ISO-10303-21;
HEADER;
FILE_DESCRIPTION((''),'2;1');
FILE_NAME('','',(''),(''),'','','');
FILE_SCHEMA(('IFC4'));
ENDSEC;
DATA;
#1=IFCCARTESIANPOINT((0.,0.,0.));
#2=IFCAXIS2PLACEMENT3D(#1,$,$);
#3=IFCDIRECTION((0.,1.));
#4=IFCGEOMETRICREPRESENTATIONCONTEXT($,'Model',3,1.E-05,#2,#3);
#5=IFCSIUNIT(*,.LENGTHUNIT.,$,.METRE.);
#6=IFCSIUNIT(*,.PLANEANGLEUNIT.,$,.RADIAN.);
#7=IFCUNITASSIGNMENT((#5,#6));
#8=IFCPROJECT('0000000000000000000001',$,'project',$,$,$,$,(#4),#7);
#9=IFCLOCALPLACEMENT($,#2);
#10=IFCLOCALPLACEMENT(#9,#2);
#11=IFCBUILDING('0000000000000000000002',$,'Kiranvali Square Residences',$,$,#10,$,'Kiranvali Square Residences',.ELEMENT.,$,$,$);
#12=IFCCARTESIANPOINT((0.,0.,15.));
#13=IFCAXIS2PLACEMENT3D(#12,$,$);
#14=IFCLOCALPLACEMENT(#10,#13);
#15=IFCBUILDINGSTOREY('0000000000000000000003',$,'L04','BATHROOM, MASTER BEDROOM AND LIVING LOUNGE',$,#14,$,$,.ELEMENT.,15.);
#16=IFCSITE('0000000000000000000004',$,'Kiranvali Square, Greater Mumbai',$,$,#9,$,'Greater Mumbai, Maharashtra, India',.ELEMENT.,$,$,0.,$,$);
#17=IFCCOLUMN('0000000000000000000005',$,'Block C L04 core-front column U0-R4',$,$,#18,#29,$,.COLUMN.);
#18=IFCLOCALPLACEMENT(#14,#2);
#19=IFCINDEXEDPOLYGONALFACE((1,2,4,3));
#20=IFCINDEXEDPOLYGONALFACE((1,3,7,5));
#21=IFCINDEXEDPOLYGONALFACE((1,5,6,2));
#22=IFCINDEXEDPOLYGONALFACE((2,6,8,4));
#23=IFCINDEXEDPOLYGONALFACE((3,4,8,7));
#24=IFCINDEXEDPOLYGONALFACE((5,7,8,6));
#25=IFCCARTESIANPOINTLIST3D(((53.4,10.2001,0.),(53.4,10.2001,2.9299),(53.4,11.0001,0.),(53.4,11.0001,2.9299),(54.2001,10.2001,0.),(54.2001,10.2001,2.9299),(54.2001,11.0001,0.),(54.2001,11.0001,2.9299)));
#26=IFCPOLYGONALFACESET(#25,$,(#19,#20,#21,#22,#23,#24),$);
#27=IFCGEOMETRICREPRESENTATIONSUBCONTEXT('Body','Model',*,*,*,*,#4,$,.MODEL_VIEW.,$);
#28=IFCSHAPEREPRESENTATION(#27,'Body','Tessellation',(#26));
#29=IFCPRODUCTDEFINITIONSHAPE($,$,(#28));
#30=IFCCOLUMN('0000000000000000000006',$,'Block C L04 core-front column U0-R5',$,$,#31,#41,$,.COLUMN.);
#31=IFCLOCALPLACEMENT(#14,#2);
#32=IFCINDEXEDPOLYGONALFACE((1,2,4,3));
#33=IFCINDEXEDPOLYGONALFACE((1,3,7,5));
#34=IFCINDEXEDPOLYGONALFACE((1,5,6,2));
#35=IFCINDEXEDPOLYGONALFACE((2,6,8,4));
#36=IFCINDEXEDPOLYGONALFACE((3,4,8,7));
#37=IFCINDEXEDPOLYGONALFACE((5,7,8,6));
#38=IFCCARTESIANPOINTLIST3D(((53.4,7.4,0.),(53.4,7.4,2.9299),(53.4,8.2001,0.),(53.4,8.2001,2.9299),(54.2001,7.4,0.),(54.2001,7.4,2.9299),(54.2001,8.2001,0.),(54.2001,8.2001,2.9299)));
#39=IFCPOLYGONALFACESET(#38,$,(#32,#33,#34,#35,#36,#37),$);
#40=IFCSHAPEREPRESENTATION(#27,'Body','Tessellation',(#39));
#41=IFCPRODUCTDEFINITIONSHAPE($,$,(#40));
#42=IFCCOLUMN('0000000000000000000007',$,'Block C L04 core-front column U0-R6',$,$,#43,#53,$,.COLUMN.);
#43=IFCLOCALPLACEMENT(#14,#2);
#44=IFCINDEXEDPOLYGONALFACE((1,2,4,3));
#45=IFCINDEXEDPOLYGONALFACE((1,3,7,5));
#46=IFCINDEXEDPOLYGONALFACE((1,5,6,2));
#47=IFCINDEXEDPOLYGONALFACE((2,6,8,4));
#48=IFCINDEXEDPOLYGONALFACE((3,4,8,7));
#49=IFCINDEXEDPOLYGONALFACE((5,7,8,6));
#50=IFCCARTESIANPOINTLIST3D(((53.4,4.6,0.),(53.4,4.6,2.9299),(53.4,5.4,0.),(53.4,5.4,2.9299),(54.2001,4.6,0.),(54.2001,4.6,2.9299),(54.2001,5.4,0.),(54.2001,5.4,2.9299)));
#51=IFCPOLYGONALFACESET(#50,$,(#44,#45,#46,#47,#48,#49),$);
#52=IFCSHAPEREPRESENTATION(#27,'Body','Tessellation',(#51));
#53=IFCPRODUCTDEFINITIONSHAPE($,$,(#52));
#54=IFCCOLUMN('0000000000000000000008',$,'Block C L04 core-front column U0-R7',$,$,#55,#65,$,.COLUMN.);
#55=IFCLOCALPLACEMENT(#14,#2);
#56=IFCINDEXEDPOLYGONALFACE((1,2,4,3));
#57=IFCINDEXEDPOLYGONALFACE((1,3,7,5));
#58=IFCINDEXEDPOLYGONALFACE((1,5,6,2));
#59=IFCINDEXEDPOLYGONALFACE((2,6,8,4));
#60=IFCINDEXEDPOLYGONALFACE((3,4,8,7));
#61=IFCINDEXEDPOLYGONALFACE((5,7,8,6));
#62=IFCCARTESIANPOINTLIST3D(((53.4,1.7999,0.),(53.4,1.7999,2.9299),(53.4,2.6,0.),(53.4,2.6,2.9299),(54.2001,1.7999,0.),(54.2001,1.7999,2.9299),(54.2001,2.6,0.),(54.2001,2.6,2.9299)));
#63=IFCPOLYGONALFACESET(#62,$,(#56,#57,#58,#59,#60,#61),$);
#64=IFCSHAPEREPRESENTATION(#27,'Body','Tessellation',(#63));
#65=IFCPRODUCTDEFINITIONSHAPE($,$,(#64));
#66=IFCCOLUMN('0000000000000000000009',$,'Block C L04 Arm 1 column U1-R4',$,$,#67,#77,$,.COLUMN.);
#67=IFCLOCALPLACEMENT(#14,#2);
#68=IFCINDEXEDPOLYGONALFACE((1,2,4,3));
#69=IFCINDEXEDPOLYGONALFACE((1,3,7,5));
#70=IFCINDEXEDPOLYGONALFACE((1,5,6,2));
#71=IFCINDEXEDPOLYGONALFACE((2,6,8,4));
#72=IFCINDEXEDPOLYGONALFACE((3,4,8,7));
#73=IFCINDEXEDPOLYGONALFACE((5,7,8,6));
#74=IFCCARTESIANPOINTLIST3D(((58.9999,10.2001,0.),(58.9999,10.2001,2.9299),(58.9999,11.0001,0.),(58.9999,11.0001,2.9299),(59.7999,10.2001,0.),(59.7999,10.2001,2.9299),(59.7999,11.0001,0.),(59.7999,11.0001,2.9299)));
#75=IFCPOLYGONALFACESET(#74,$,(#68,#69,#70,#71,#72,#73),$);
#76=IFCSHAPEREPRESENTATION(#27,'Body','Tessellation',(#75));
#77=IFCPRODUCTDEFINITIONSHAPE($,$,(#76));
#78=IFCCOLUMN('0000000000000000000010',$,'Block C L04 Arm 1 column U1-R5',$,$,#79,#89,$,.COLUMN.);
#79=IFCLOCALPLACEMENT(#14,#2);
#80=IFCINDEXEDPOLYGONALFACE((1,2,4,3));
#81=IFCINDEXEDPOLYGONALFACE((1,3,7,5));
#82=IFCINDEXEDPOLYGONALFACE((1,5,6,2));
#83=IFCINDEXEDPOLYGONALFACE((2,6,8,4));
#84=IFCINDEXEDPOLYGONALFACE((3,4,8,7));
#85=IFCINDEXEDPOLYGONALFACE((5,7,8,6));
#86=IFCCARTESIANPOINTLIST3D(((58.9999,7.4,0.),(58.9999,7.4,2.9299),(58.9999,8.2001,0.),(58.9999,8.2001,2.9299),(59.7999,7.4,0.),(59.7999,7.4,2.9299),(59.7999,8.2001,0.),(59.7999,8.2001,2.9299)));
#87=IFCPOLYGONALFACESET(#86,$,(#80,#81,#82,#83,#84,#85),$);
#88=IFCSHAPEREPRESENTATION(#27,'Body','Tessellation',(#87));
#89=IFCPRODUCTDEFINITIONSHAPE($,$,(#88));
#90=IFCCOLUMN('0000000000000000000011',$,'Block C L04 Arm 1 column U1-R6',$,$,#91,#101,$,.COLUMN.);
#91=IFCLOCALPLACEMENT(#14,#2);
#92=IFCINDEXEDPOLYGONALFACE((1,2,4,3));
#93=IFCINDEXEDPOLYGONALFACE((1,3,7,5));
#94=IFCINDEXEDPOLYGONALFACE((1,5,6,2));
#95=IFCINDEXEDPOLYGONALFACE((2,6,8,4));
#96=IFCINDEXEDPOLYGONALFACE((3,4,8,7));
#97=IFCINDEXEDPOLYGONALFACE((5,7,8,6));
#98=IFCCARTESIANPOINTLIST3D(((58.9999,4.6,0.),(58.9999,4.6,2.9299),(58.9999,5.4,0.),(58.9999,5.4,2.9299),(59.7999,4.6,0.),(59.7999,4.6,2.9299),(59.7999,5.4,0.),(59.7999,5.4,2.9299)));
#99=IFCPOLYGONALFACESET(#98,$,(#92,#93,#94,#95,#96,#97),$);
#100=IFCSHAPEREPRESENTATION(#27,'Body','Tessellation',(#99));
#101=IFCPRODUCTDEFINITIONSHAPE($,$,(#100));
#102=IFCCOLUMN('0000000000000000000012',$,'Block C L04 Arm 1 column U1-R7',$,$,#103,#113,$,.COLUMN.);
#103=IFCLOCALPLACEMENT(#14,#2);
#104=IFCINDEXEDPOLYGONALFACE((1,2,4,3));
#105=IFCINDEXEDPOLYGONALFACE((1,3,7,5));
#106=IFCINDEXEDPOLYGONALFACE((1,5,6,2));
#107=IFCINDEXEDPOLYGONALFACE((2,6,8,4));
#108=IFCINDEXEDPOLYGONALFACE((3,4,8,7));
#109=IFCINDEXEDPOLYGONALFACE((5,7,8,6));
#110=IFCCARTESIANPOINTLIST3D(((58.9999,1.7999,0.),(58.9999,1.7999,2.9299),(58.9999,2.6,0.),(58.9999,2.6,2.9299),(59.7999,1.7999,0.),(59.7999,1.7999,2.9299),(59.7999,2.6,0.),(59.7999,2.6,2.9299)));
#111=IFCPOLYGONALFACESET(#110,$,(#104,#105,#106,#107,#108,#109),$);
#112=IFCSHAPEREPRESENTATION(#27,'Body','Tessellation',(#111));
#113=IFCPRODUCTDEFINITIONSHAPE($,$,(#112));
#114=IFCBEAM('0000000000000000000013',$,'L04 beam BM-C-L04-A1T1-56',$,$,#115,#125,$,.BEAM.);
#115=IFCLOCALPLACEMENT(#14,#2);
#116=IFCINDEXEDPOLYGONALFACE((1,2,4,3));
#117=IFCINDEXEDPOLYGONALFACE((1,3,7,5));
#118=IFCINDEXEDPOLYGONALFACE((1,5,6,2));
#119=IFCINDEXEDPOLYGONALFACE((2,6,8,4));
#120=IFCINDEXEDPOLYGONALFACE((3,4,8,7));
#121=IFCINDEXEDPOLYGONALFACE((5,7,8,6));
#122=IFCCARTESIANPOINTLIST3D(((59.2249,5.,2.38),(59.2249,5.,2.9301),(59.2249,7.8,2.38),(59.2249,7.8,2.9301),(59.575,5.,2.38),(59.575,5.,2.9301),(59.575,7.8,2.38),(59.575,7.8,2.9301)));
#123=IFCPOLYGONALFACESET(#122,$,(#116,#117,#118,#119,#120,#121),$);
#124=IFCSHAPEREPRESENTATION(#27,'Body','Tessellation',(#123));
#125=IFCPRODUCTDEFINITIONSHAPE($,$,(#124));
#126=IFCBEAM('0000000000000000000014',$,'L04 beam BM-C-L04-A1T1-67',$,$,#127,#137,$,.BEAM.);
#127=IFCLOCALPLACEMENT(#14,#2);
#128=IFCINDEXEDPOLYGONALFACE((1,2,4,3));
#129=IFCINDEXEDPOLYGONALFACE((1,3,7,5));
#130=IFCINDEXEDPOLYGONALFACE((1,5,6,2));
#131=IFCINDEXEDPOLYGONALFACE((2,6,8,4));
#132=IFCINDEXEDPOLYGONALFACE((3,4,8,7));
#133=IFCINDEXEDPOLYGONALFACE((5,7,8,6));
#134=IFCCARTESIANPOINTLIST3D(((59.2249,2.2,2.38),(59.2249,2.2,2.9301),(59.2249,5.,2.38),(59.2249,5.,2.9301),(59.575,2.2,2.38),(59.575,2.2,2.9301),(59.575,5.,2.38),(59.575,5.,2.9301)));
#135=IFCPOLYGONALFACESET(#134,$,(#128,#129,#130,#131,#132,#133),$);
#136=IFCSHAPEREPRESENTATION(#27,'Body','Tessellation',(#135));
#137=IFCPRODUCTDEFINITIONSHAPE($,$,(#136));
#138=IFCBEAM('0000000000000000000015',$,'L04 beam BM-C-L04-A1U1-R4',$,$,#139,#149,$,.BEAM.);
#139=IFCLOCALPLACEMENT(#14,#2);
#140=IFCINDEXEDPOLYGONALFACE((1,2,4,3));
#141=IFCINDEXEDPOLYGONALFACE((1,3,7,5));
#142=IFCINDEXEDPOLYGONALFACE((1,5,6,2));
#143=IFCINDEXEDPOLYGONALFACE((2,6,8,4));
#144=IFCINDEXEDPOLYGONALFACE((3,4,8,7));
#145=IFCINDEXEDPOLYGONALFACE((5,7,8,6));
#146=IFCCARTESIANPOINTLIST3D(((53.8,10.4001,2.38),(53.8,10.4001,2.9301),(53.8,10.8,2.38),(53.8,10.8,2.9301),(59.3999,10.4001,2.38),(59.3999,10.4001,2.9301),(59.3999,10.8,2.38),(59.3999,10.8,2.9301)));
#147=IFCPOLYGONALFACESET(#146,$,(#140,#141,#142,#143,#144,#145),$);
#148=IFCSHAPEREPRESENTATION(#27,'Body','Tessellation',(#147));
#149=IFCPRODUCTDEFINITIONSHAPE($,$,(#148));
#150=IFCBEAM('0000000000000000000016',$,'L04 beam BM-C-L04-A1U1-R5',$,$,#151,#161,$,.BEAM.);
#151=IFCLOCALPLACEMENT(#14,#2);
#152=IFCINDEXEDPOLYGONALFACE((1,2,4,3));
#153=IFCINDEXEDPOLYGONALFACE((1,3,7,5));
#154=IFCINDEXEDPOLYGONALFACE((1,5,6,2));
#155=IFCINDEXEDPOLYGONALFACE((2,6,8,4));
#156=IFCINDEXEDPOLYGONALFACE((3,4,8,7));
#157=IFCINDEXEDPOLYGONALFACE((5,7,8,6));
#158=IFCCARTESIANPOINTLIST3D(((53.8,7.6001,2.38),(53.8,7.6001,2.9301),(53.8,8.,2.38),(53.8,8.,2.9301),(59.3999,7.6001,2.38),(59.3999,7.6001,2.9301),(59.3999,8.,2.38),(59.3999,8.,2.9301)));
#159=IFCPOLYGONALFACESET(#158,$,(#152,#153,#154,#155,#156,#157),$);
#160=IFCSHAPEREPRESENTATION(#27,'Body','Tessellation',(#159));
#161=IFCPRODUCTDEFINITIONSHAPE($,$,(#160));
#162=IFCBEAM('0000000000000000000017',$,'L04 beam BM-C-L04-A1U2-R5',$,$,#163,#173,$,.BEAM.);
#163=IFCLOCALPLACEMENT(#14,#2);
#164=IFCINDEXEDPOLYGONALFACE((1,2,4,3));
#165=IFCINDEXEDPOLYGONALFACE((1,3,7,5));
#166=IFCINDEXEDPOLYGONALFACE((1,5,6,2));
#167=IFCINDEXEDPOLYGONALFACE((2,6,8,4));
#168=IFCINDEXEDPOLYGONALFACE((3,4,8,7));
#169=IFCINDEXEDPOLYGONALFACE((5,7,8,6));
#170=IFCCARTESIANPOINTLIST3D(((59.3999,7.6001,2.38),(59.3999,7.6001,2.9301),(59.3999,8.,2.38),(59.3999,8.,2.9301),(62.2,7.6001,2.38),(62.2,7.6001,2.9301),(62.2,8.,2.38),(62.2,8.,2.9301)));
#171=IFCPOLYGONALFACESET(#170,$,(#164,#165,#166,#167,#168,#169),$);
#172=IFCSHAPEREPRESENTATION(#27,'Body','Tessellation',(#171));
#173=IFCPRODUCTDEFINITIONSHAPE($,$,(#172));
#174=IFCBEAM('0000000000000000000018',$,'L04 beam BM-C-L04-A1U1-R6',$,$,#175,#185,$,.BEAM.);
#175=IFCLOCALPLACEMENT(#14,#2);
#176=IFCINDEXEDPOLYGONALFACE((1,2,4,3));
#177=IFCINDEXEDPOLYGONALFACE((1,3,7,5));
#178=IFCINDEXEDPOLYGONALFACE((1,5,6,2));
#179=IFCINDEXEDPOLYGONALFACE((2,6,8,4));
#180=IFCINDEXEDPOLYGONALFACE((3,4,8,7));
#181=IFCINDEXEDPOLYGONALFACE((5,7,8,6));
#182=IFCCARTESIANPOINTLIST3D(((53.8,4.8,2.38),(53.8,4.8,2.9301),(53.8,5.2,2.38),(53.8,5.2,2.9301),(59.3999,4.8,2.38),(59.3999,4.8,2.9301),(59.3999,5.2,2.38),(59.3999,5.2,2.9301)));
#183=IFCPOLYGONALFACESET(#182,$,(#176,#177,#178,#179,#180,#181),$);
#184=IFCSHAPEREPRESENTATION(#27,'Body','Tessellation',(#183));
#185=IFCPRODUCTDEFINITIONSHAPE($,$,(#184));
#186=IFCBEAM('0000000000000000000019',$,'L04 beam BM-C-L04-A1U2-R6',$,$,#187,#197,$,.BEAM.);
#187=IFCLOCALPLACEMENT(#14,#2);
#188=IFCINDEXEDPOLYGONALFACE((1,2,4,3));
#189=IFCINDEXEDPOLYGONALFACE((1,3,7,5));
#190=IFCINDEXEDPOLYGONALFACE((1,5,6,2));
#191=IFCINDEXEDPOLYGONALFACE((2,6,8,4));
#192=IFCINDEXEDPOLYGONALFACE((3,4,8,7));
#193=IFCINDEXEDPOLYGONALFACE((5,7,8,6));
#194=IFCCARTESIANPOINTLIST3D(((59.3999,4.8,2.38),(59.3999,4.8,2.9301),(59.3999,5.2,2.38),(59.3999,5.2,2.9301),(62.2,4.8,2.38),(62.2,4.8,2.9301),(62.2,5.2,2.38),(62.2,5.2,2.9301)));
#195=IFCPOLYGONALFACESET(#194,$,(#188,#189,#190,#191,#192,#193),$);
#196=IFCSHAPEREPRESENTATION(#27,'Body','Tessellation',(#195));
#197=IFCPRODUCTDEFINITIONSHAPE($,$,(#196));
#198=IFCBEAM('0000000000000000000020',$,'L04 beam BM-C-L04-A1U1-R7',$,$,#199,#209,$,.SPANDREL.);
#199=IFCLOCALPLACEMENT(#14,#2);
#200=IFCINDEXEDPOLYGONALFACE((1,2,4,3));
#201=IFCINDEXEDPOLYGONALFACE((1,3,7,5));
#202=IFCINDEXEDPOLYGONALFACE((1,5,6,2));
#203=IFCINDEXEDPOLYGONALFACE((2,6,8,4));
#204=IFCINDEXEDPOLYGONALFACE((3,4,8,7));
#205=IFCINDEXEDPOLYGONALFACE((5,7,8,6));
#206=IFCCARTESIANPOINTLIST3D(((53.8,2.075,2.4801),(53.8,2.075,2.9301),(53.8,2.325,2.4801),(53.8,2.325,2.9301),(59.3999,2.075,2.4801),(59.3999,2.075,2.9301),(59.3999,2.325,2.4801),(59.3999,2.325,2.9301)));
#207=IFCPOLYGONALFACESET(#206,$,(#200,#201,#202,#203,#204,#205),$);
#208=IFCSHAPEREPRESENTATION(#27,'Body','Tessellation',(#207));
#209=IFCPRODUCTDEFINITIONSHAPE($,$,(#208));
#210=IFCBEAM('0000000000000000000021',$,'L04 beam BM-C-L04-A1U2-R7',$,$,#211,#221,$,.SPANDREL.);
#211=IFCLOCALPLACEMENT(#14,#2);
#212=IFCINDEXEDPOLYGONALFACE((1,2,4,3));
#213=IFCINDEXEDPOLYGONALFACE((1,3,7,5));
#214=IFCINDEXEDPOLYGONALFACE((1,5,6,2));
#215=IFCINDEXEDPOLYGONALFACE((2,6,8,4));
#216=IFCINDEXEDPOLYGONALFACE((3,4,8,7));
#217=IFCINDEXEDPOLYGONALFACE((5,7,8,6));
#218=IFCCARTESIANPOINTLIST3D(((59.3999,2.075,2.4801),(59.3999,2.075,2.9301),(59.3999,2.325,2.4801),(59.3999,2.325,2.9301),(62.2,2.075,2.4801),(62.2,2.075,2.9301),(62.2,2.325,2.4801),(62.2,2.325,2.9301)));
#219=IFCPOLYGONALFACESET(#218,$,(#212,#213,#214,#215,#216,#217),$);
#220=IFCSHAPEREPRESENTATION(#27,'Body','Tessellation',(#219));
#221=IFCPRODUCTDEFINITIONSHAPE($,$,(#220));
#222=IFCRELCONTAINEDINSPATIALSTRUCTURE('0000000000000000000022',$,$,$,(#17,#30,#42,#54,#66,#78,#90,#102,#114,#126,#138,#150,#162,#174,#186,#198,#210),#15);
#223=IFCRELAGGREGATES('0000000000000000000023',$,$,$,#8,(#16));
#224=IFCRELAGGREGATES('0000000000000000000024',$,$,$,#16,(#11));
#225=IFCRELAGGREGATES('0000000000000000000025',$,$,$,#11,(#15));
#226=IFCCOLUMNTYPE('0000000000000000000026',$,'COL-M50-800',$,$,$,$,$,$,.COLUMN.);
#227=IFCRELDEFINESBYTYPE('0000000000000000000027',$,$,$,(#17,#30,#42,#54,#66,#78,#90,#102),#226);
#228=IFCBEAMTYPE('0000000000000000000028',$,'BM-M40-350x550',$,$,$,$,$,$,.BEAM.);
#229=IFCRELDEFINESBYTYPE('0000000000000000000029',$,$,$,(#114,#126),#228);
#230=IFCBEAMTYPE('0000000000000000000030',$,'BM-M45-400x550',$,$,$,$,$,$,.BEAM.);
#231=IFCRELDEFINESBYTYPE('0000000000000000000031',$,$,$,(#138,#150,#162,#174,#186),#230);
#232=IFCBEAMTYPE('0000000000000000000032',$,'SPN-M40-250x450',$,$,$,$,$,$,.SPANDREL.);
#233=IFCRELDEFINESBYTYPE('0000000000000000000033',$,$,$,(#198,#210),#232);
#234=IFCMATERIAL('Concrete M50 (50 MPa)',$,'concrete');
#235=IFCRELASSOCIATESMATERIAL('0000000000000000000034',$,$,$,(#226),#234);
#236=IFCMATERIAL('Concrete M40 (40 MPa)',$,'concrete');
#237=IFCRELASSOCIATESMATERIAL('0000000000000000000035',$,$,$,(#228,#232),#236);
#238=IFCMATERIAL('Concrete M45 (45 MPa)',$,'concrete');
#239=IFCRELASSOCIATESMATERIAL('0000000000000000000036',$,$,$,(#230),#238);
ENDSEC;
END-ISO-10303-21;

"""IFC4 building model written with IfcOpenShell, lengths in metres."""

from ifc_helpers import new_model, si_unit, direction, frame, origin, origin_2d, place, context, subcontext, project, spatial, rectangle, extrude, material, material_profile, profile_set, type_object, element, save


model = new_model("IFC4")

# Units and contexts
model_context = context("Model", 3, precision=1e-05, world=origin(), true_north=direction((0.0, 1.0)))
body_context = subcontext(model_context, "Body", "Model", "MODEL_VIEW")
ifc_project = project(units=[si_unit("LENGTHUNIT", "METRE"), si_unit("PLANEANGLEUNIT", "RADIAN")], contexts=[model_context])

# Site, building, storey
site_placement = place(None, origin())
site = spatial("IfcSite", under=ifc_project, at=site_placement, Name="Kiranvali Square, Greater Mumbai", LongName="Greater Mumbai, Maharashtra, India", CompositionType="ELEMENT", RefElevation=0.0)
building_placement = place(site_placement, origin())
building = spatial("IfcBuilding", under=site, at=building_placement, Name="Kiranvali Square Residences", LongName="Kiranvali Square Residences", CompositionType="ELEMENT")
storey_placement = place(building_placement, frame((0.0, 0.0, 15.0)))
storey = spatial("IfcBuildingStorey", under=building, at=storey_placement, Name="L04", Description="BATHROOM, MASTER BEDROOM AND LIVING LOUNGE", CompositionType="ELEMENT", Elevation=15.0)

# Columns
ifc_material_1 = material(Name="Concrete M50 (50 MPa)", Category="concrete")
ifc_material_profile_1 = material_profile(ifc_material_1, rectangle(XDim=0.8, YDim=0.8, at=origin_2d()), Name="RC 800x800")
ifc_profile_set_1 = profile_set([ifc_material_profile_1], Name="Concrete M50 (50 MPa)")
column_type = type_object("IfcColumnType", Name="COL-M50-800", PredefinedType="COLUMN", material=ifc_profile_set_1)
for number, where, z_axis, x_axis, name in (
    (1, (53.8, 10.6001, 0.0), (0.0, 0.0, 1.0), (1.0, 0.0, 0.0), "Block C L04 core-front column U0-R4"),
    (2, (53.8, 7.8, 0.0), (0.0, 0.0, 1.0), (1.0, 0.0, 0.0), "Block C L04 core-front column U0-R5"),
    (3, (53.8, 5.0, 0.0), (0.0, 0.0, 1.0), (1.0, 0.0, 0.0), "Block C L04 core-front column U0-R6"),
    (4, (53.8, 2.2, 0.0), (0.0, 0.0, 1.0), (1.0, 0.0, 0.0), "Block C L04 core-front column U0-R7"),
    (5, (59.3999, 10.6001, 0.0), (0.0, 0.0, 1.0), (1.0, 0.0, 0.0), "Block C L04 Arm 1 column U1-R4"),
    (6, (59.3999, 7.8, 0.0), (0.0, 0.0, 1.0), (1.0, 0.0, 0.0), "Block C L04 Arm 1 column U1-R5"),
    (7, (59.3999, 5.0, 0.0), (0.0, 0.0, 1.0), (1.0, 0.0, 0.0), "Block C L04 Arm 1 column U1-R6"),
    (8, (59.3999, 2.2, 0.0), (0.0, 0.0, 1.0), (1.0, 0.0, 0.0), "Block C L04 Arm 1 column U1-R7"),
):
    element("IfcColumn", number, at=place(storey_placement, frame(where, z_axis=z_axis, x_axis=x_axis)), inside=storey, type_object=column_type, Name=name, PredefinedType="COLUMN", context=body_context, shape_type="SweptSolid", body=[
        extrude(rectangle(XDim=0.8, YDim=0.8, at=origin_2d()), origin(), (0.0, 0.0, 1.0), 2.9299),
    ])

# Beams
ifc_material_2 = material(Name="Concrete M40 (40 MPa)", Category="concrete")
ifc_material_profile_2 = material_profile(ifc_material_2, rectangle(XDim=0.3501, YDim=0.55, at=origin_2d()), Name="RC 350x550")
ifc_profile_set_2 = profile_set([ifc_material_profile_2], Name="Concrete M40 (40 MPa)")
beam_type_1 = type_object("IfcBeamType", Name="BM-M40-350x550", PredefinedType="BEAM", material=ifc_profile_set_2)
for number, where, z_axis, x_axis, name in (
    (9, (59.3999, 7.8, 2.655), (0.0, -1.0, 0.0), (1.0, 0.0, 0.0), "L04 beam BM-C-L04-A1T1-56"),
    (10, (59.3999, 5.0, 2.655), (0.0, -1.0, 0.0), (1.0, 0.0, 0.0), "L04 beam BM-C-L04-A1T1-67"),
):
    element("IfcBeam", number, at=place(storey_placement, frame(where, z_axis=z_axis, x_axis=x_axis)), inside=storey, type_object=beam_type_1, Name=name, PredefinedType="BEAM", context=body_context, shape_type="SweptSolid", body=[
        extrude(rectangle(XDim=0.3501, YDim=0.55, at=origin_2d()), origin(), (0.0, 0.0, 1.0), 2.8),
    ])
ifc_material_3 = material(Name="Concrete M45 (45 MPa)", Category="concrete")
ifc_material_profile_3 = material_profile(ifc_material_3, rectangle(XDim=0.3999, YDim=0.55, at=origin_2d()), Name="RC 400x550")
ifc_profile_set_3 = profile_set([ifc_material_profile_3], Name="Concrete M45 (45 MPa)")
beam_type_2 = type_object("IfcBeamType", Name="BM-M45-400x550", PredefinedType="BEAM", material=ifc_profile_set_3)
for number, where, z_axis, x_axis, name in (
    (11, (53.8, 10.6001, 2.655), (1.0, 0.0, 0.0), (0.0, 1.0, 0.0), "L04 beam BM-C-L04-A1U1-R4"),
    (12, (53.8, 7.8, 2.655), (1.0, 0.0, 0.0), (0.0, 1.0, 0.0), "L04 beam BM-C-L04-A1U1-R5"),
):
    element("IfcBeam", number, at=place(storey_placement, frame(where, z_axis=z_axis, x_axis=x_axis)), inside=storey, type_object=beam_type_2, Name=name, PredefinedType="BEAM", context=body_context, shape_type="SweptSolid", body=[
        extrude(rectangle(XDim=0.3999, YDim=0.55, at=origin_2d()), origin(), (0.0, 0.0, 1.0), 5.5999),
    ])
beam_1_placement = place(storey_placement, frame((59.3999, 7.8, 2.655), z_axis=(1.0, 0.0, 0.0), x_axis=(0.0, 1.0, 0.0)))
element("IfcBeam", 13, at=beam_1_placement, inside=storey, type_object=beam_type_2, Name="L04 beam BM-C-L04-A1U2-R5", PredefinedType="BEAM", context=body_context, shape_type="SweptSolid", body=[
    extrude(rectangle(XDim=0.3999, YDim=0.55, at=origin_2d()), origin(), (0.0, 0.0, 1.0), 2.8),
])
beam_2_placement = place(storey_placement, frame((53.8, 5.0, 2.655), z_axis=(1.0, 0.0, 0.0), x_axis=(0.0, 1.0, 0.0)))
element("IfcBeam", 14, at=beam_2_placement, inside=storey, type_object=beam_type_2, Name="L04 beam BM-C-L04-A1U1-R6", PredefinedType="BEAM", context=body_context, shape_type="SweptSolid", body=[
    extrude(rectangle(XDim=0.3999, YDim=0.55, at=origin_2d()), origin(), (0.0, 0.0, 1.0), 5.5999),
])
beam_3_placement = place(storey_placement, frame((59.3999, 5.0, 2.655), z_axis=(1.0, 0.0, 0.0), x_axis=(0.0, 1.0, 0.0)))
element("IfcBeam", 15, at=beam_3_placement, inside=storey, type_object=beam_type_2, Name="L04 beam BM-C-L04-A1U2-R6", PredefinedType="BEAM", context=body_context, shape_type="SweptSolid", body=[
    extrude(rectangle(XDim=0.3999, YDim=0.55, at=origin_2d()), origin(), (0.0, 0.0, 1.0), 2.8),
])
ifc_material_profile_4 = material_profile(ifc_material_2, rectangle(XDim=0.25, YDim=0.45, at=origin_2d()), Name="RC 250x450")
ifc_profile_set_4 = profile_set([ifc_material_profile_4], Name="Concrete M40 (40 MPa)")
beam_type_3 = type_object("IfcBeamType", Name="SPN-M40-250x450", PredefinedType="SPANDREL", material=ifc_profile_set_4)
beam_4_placement = place(storey_placement, frame((53.8, 2.2, 2.7051), z_axis=(1.0, 0.0, 0.0), x_axis=(0.0, 1.0, 0.0)))
element("IfcBeam", 16, at=beam_4_placement, inside=storey, type_object=beam_type_3, Name="L04 beam BM-C-L04-A1U1-R7", PredefinedType="SPANDREL", context=body_context, shape_type="SweptSolid", body=[
    extrude(rectangle(XDim=0.25, YDim=0.45, at=origin_2d()), origin(), (0.0, 0.0, 1.0), 5.5999),
])
beam_5_placement = place(storey_placement, frame((59.3999, 2.2, 2.7051), z_axis=(1.0, 0.0, 0.0), x_axis=(0.0, 1.0, 0.0)))
element("IfcBeam", 17, at=beam_5_placement, inside=storey, type_object=beam_type_3, Name="L04 beam BM-C-L04-A1U2-R7", PredefinedType="SPANDREL", context=body_context, shape_type="SweptSolid", body=[
    extrude(rectangle(XDim=0.25, YDim=0.45, at=origin_2d()), origin(), (0.0, 0.0, 1.0), 2.8),
])

save(model, "model.ifc")
